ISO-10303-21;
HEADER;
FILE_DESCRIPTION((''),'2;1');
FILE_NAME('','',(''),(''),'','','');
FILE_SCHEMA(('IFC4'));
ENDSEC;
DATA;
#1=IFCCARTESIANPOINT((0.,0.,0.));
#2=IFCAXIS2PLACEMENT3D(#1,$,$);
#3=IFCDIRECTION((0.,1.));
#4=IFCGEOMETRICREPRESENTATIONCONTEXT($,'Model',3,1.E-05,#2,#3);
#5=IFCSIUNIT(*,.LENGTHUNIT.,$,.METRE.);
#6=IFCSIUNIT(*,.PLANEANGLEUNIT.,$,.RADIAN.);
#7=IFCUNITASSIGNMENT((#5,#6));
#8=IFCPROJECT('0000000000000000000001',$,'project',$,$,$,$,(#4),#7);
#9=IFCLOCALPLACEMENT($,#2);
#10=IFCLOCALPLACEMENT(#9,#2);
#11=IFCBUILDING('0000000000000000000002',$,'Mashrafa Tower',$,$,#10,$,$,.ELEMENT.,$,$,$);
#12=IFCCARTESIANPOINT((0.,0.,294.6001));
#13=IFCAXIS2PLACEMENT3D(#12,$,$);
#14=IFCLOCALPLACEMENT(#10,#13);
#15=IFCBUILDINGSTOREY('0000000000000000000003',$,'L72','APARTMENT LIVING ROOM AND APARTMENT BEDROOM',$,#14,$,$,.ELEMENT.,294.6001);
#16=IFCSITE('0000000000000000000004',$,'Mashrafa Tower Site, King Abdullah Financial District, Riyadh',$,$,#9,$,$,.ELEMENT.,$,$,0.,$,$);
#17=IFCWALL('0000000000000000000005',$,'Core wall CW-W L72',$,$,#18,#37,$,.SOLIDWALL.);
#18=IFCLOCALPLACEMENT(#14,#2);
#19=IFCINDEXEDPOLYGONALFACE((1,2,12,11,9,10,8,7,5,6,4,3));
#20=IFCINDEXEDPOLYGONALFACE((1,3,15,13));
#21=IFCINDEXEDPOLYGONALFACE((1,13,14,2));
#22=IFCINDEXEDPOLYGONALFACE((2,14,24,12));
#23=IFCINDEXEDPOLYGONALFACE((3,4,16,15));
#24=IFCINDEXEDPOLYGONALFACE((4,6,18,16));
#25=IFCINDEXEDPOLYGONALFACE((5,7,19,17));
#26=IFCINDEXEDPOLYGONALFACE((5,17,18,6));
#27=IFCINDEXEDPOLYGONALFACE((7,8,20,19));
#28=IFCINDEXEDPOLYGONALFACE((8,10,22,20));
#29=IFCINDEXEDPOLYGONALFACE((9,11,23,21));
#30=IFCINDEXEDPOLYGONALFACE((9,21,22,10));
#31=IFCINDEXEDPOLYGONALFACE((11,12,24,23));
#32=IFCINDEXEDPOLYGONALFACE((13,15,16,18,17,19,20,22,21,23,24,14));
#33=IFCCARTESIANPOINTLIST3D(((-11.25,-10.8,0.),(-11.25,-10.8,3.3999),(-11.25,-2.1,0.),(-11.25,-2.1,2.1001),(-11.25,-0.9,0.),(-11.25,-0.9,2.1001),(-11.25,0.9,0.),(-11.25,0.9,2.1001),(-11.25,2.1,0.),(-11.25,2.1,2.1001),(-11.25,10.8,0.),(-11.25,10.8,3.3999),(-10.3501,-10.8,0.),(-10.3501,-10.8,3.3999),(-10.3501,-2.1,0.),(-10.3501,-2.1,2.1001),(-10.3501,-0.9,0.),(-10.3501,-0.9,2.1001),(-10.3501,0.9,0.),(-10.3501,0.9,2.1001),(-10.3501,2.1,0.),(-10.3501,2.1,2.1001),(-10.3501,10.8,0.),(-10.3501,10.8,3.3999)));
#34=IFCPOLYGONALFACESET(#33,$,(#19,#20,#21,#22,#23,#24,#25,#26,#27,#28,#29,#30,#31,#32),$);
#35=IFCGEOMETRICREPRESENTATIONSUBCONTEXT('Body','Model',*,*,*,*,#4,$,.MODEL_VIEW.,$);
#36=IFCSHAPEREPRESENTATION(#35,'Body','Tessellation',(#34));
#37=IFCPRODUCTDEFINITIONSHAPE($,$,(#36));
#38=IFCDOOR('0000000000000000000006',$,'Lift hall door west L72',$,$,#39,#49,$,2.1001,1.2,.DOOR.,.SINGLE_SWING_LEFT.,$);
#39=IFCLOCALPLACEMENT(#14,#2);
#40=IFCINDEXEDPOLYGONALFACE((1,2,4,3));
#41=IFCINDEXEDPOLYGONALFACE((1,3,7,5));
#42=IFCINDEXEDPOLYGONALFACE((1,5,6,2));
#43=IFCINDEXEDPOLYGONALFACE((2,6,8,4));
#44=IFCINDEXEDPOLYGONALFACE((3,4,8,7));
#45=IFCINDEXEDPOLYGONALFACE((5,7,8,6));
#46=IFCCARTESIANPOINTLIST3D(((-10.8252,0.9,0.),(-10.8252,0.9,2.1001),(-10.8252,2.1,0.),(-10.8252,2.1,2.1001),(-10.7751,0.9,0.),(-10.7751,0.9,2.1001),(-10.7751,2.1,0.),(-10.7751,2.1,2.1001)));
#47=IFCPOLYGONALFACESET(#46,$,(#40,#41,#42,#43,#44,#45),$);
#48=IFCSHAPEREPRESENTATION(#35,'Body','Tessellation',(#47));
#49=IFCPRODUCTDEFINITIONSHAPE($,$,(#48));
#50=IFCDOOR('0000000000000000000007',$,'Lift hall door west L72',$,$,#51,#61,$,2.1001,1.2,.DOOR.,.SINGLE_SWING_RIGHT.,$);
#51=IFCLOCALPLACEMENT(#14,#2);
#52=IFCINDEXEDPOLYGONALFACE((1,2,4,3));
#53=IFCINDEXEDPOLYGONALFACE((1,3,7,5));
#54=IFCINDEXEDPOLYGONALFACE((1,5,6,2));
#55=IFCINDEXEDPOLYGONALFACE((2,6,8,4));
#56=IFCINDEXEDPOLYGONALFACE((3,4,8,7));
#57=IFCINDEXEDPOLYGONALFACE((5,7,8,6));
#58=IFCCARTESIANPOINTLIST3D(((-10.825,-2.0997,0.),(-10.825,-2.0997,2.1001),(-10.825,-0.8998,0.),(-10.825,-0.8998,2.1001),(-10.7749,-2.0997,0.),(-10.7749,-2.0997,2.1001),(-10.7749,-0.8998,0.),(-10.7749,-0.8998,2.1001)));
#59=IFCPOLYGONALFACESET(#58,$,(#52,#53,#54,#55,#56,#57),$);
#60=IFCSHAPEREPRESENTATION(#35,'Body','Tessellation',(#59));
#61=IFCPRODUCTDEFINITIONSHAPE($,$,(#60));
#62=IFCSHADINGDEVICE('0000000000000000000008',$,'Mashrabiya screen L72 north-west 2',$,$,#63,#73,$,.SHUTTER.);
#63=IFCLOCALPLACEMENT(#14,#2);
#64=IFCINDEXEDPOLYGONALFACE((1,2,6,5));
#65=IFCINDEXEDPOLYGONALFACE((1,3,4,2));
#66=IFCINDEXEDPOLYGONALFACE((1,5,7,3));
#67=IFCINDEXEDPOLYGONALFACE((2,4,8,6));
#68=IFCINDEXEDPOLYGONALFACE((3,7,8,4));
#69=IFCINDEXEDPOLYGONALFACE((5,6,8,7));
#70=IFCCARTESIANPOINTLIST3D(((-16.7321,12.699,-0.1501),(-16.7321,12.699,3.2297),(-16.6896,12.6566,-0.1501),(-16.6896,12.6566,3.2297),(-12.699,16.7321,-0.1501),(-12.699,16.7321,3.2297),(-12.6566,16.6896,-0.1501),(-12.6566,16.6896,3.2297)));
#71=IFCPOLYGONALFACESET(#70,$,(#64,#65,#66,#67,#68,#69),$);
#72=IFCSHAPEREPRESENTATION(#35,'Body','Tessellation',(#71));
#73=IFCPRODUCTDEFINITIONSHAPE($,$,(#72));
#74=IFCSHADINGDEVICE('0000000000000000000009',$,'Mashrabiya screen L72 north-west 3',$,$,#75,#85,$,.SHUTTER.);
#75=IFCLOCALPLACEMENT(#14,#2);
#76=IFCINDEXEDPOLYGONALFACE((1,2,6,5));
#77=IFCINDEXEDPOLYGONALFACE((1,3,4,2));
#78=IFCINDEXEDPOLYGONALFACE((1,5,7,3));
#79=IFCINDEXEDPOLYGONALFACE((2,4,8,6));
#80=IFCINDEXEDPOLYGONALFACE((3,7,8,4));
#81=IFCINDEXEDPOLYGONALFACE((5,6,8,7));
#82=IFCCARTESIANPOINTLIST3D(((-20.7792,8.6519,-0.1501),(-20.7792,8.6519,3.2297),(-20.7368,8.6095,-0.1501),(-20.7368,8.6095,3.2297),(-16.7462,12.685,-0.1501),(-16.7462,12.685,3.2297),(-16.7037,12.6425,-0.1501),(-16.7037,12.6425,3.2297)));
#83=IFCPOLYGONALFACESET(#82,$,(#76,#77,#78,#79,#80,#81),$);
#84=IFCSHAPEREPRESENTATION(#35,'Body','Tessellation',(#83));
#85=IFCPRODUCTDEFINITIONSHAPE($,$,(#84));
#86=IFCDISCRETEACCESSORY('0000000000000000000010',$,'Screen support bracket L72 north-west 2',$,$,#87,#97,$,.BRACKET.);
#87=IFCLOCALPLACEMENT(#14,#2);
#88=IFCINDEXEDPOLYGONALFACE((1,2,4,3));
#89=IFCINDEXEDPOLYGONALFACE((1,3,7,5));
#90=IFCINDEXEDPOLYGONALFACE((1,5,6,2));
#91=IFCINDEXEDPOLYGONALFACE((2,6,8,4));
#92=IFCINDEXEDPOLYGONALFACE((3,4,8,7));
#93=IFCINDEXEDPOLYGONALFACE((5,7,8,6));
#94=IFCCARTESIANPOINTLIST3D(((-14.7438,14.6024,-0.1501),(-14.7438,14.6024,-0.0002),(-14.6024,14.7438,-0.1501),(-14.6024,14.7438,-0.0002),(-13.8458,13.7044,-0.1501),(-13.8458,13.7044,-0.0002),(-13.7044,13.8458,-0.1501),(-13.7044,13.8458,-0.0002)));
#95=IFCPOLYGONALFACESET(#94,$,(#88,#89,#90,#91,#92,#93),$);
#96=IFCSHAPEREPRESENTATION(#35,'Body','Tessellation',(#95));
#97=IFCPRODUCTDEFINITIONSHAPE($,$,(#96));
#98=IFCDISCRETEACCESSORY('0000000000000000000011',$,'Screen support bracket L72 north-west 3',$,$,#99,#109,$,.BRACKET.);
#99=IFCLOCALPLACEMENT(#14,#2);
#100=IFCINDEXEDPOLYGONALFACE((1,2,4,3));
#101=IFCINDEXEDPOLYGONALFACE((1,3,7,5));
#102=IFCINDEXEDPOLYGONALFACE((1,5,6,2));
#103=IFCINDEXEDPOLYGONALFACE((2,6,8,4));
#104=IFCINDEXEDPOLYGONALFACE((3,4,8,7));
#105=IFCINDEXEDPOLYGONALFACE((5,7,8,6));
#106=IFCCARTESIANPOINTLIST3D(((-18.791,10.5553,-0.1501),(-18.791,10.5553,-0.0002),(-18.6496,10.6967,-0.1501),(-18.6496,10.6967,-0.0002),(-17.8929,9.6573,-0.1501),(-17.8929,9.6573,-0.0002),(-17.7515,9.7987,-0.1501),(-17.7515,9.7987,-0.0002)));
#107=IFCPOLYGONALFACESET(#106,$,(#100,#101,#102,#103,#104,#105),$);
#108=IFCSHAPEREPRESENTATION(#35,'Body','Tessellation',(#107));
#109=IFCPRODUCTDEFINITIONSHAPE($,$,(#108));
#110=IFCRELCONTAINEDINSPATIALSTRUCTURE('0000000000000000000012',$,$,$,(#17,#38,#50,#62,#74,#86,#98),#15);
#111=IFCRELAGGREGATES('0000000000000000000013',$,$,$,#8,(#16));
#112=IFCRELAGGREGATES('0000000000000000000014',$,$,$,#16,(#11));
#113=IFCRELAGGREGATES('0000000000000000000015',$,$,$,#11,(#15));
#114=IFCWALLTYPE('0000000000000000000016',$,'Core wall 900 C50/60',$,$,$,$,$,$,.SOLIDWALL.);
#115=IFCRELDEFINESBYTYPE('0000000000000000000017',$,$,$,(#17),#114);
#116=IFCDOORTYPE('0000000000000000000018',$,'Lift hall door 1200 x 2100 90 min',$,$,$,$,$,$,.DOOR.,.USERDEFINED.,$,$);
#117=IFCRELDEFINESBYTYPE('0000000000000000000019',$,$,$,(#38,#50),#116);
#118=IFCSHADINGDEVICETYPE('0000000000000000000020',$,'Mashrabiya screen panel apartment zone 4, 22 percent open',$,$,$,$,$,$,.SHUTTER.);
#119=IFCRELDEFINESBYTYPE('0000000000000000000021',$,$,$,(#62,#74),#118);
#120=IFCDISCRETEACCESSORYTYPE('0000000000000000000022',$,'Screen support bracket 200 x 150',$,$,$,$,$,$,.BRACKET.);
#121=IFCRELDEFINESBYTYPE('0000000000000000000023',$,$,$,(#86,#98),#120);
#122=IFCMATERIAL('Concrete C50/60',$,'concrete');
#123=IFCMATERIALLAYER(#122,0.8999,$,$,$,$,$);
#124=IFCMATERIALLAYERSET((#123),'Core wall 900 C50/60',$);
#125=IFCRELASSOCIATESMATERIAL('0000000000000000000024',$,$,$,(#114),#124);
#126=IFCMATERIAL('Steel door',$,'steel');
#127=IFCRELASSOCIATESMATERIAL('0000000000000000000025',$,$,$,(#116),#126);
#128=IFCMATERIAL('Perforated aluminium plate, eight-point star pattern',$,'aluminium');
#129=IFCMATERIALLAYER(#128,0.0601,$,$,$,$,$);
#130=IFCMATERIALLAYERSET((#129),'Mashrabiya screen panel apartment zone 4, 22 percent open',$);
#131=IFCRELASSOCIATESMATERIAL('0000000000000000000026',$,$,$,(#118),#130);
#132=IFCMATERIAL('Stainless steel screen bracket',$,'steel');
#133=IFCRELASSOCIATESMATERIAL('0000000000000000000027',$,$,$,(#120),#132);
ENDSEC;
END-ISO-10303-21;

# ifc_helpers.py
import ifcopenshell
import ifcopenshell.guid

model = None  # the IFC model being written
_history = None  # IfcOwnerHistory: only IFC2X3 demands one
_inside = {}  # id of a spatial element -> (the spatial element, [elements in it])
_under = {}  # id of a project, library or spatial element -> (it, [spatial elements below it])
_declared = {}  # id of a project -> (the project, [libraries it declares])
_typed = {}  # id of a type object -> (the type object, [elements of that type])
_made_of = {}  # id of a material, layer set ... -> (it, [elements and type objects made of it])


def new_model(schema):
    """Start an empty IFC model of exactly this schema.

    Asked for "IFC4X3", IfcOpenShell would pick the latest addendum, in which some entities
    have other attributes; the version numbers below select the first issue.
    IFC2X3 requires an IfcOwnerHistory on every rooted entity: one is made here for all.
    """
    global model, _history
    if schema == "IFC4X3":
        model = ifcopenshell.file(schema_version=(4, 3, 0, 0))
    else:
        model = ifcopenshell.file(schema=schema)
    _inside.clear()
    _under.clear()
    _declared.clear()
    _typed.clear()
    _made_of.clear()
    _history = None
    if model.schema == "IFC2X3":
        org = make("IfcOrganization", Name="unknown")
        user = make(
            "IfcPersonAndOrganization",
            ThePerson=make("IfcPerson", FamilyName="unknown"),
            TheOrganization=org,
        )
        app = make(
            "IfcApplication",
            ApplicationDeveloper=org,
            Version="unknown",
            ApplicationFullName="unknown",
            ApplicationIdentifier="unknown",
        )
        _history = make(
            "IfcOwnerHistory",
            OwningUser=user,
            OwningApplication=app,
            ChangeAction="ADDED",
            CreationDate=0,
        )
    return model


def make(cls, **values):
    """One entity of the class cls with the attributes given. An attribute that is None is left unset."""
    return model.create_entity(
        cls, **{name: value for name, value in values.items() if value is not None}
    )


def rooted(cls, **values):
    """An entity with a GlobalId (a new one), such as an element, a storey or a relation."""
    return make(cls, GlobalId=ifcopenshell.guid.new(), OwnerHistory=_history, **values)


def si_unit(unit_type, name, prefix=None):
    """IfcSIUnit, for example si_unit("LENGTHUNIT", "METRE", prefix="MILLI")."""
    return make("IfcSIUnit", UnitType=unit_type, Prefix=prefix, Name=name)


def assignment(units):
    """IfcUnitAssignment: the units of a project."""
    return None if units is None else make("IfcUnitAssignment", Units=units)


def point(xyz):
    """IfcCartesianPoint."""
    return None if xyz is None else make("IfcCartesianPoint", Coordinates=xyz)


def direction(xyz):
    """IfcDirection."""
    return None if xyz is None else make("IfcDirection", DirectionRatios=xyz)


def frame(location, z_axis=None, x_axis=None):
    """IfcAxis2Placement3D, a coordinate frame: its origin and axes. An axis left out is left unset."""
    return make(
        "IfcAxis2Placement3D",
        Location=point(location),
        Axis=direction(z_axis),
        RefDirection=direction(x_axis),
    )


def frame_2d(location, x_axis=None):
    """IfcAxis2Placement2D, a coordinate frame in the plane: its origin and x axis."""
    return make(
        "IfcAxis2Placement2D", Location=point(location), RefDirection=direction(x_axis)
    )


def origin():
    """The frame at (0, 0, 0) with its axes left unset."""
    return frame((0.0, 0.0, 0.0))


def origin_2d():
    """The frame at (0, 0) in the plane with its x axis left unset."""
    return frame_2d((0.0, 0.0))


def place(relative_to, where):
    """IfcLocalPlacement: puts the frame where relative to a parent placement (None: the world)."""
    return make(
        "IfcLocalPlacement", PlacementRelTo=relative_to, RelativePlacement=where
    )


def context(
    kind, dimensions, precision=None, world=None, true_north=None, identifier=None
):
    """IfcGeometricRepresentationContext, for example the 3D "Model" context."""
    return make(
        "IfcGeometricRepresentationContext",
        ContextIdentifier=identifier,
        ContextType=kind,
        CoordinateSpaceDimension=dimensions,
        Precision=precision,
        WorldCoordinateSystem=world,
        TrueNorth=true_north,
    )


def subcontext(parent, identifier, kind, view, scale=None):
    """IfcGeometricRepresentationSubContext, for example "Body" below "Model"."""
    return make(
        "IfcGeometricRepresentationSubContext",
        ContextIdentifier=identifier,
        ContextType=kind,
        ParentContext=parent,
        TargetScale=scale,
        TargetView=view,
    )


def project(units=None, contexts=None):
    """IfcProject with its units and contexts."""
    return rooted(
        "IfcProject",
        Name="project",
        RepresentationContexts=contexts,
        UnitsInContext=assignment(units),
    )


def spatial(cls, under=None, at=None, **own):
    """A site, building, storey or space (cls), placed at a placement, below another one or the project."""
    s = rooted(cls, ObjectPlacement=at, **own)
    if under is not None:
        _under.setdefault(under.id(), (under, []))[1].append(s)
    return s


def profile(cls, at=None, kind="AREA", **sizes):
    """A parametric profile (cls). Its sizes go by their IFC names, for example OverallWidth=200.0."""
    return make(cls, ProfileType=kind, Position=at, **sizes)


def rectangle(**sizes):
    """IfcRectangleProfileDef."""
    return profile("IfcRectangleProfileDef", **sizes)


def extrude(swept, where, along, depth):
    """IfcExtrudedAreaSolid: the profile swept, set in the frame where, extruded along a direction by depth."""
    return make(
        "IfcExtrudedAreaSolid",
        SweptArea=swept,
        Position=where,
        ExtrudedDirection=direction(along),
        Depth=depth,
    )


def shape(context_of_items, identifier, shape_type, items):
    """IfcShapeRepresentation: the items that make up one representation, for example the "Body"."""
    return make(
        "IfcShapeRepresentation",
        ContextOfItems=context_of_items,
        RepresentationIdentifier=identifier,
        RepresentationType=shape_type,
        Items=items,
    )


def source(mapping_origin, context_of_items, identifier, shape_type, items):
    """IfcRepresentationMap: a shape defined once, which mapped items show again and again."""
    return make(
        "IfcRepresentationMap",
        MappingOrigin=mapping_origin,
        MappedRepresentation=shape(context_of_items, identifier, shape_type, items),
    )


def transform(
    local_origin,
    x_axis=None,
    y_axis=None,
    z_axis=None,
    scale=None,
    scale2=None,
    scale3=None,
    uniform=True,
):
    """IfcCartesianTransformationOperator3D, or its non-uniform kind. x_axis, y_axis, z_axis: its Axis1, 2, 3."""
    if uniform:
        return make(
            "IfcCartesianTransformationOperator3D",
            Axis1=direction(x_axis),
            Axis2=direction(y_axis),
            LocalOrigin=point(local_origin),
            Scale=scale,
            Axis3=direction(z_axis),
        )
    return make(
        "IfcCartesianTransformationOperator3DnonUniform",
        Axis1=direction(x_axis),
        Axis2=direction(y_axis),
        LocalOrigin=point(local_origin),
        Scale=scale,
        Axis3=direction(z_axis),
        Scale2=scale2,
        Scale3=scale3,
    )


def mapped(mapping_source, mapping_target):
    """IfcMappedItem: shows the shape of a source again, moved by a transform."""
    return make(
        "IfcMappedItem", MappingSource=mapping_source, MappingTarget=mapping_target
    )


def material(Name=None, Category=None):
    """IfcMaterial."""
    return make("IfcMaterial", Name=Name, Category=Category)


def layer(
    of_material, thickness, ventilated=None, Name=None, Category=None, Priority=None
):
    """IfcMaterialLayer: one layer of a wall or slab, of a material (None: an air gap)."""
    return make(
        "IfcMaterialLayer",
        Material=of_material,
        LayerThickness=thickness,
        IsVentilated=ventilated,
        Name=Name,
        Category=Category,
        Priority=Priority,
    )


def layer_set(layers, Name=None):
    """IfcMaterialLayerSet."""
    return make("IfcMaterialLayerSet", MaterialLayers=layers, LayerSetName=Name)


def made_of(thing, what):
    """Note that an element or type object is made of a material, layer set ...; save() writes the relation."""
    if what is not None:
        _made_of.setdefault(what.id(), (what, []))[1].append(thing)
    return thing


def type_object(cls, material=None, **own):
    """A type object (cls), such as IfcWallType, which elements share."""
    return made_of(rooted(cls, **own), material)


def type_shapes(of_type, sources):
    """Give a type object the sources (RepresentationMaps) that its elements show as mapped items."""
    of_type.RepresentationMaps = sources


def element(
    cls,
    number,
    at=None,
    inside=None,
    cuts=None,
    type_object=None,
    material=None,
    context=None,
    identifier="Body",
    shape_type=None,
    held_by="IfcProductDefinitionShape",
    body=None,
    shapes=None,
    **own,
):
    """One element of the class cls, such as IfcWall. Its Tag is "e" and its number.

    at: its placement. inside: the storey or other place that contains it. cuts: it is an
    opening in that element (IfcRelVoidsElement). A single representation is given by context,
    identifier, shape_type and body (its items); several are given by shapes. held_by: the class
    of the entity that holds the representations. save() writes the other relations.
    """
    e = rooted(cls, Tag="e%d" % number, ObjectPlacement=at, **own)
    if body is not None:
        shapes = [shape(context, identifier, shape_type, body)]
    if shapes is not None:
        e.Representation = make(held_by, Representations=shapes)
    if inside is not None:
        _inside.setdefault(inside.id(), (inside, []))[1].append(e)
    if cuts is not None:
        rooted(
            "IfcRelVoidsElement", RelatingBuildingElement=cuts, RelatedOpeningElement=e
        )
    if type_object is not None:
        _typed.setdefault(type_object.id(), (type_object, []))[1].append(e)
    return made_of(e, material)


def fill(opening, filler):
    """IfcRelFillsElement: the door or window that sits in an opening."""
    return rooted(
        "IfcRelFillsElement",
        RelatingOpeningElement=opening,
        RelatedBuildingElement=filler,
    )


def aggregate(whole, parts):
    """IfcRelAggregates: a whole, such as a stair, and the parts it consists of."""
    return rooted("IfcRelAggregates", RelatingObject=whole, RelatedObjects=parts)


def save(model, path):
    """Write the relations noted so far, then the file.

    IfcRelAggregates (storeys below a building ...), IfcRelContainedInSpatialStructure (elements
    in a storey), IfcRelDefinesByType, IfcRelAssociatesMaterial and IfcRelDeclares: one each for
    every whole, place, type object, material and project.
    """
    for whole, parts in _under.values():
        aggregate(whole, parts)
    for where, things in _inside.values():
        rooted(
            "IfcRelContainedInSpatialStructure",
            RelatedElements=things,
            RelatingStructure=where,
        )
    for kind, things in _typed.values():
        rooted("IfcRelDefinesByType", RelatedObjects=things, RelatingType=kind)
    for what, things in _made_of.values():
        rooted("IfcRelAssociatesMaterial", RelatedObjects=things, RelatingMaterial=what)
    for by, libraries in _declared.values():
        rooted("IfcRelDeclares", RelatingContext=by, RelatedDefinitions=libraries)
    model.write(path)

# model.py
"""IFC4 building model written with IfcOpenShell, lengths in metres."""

from ifc_helpers import new_model, si_unit, direction, frame, frame_2d, origin, origin_2d, place, context, subcontext, project, spatial, rectangle, extrude, source, transform, mapped, material, layer, layer_set, type_object, type_shapes, element, fill, save


model = new_model("IFC4")

# Units and contexts
model_context = context("Model", 3, precision=1e-05, world=origin(), true_north=direction((0.0, 1.0)))
body_context = subcontext(model_context, "Body", "Model", "MODEL_VIEW")
ifc_project = project(units=[si_unit("LENGTHUNIT", "METRE"), si_unit("PLANEANGLEUNIT", "RADIAN")], contexts=[model_context])

# Site, building, storey
site_placement = place(None, origin())
site = spatial("IfcSite", under=ifc_project, at=site_placement, Name="Mashrafa Tower Site, King Abdullah Financial District, Riyadh", CompositionType="ELEMENT", RefElevation=0.0)
building_placement = place(site_placement, origin())
building = spatial("IfcBuilding", under=site, at=building_placement, Name="Mashrafa Tower", CompositionType="ELEMENT")
storey_placement = place(building_placement, frame((0.0, 0.0, 294.6001)))
storey = spatial("IfcBuildingStorey", under=building, at=storey_placement, Name="L72", Description="APARTMENT LIVING ROOM AND APARTMENT BEDROOM", CompositionType="ELEMENT", Elevation=294.6001)

# Wall, openings, doors
ifc_material_1 = material(Name="Concrete C50/60", Category="concrete")
ifc_layer_1 = layer(ifc_material_1, 0.8999)
ifc_layer_set_1 = layer_set([ifc_layer_1], Name="Core wall 900 C50/60")
wall_type_1 = type_object("IfcWallType", Name="Core wall 900 C50/60", PredefinedType="SOLIDWALL", material=ifc_layer_set_1)
wall_1_placement = place(storey_placement, frame((-10.8, 10.8, 0.0), z_axis=(0.0, 0.0, 1.0), x_axis=(0.0, -1.0, 0.0)))
wall_1 = element("IfcWall", 1, at=wall_1_placement, inside=storey, type_object=wall_type_1, Name="Core wall CW-W L72", PredefinedType="SOLIDWALL", context=body_context, shape_type="SweptSolid", body=[
    extrude(rectangle(XDim=21.6001, YDim=0.8999, at=frame_2d((10.8, 0.0))), origin(), (0.0, 0.0, 1.0), 3.3999),
])
opening_1_placement = place(wall_1_placement, frame((8.7, 0.0, 0.0)))
opening_1 = element("IfcOpeningElement", 2, at=opening_1_placement, cuts=wall_1, PredefinedType="OPENING", context=body_context, shape_type="SweptSolid", body=[
    extrude(rectangle(XDim=1.2, YDim=2.1001, at=frame_2d((0.6001, 1.05))), frame((0.0, 0.46, 0.0), z_axis=(0.0, -1.0, 0.0), x_axis=(1.0, 0.0, 0.0)), (0.0, 0.0, 1.0), 0.9199),
])
opening_2_placement = place(wall_1_placement, frame((11.7, 0.0, 0.0)))
opening_2 = element("IfcOpeningElement", 3, at=opening_2_placement, cuts=wall_1, PredefinedType="OPENING", context=body_context, shape_type="SweptSolid", body=[
    extrude(rectangle(XDim=1.2, YDim=2.1001, at=frame_2d((0.6001, 1.05))), frame((0.0, 0.46, 0.0), z_axis=(0.0, -1.0, 0.0), x_axis=(1.0, 0.0, 0.0)), (0.0, 0.0, 1.0), 0.9199),
])
ifc_material_2 = material(Name="Steel door", Category="steel")
door_type = type_object("IfcDoorType", Name="Lift hall door 1200 x 2100 90 min", OperationType="USERDEFINED", PredefinedType="DOOR", material=ifc_material_2)
door_1_placement = place(opening_1_placement, origin())
door_1 = element("IfcDoor", 4, at=door_1_placement, inside=storey, type_object=door_type, Name="Lift hall door west L72", OperationType="SINGLE_SWING_LEFT", OverallHeight=2.1001, OverallWidth=1.2, PredefinedType="DOOR", context=body_context, shape_type="SweptSolid", body=[
    extrude(rectangle(XDim=1.2, YDim=2.1001, at=frame_2d((0.6001, 1.05))), frame((0.0, 0.0249, 0.0), z_axis=(0.0, -1.0, 0.0), x_axis=(1.0, 0.0, 0.0)), (0.0, 0.0, 1.0), 0.05),
])
fill(opening_1, door_1)
door_2_placement = place(opening_2_placement, frame((1.2, 0.0, 0.0), z_axis=(0.0, 0.0, 1.0), x_axis=(-1.0, 0.0, 0.0)))
door_2 = element("IfcDoor", 5, at=door_2_placement, inside=storey, type_object=door_type, Name="Lift hall door west L72", OperationType="SINGLE_SWING_RIGHT", OverallHeight=2.1001, OverallWidth=1.2, PredefinedType="DOOR", context=body_context, shape_type="SweptSolid", body=[
    extrude(rectangle(XDim=1.2, YDim=2.1001, at=frame_2d((0.6001, 1.05))), frame((0.0, 0.0249, 0.0), z_axis=(0.0, -1.0, 0.0), x_axis=(1.0, 0.0, 0.0)), (0.0, 0.0, 1.0), 0.05),
])
fill(opening_2, door_2)

# Shading devices
ifc_material_3 = material(Name="Perforated aluminium plate, eight-point star pattern", Category="aluminium")
ifc_layer_2 = layer(ifc_material_3, 0.0601)
ifc_layer_set_2 = layer_set([ifc_layer_2], Name="Mashrabiya screen panel apartment zone 4, 22 percent open")
shading_device_type = type_object("IfcShadingDeviceType", Name="Mashrabiya screen panel apartment zone 4, 22 percent open", PredefinedType="SHUTTER", material=ifc_layer_set_2)
shared_shape_1 = source(origin(), body_context, "Body", "SweptSolid", [
    extrude(rectangle(XDim=5.7036, YDim=0.0601, at=origin_2d()), origin(), (0.0, 0.0, 1.0), 3.3799),
])
type_shapes(shading_device_type, [shared_shape_1])
for number, where, z_axis, x_axis, name in (
    (6, (-14.6943, 14.6943, -0.1501), (0.0, 0.0, 1.0), (-0.707107, -0.707107, 0.0), "Mashrabiya screen L72 north-west 2"),
    (7, (-18.7415, 10.6472, -0.1501), (0.0, 0.0, 1.0), (-0.707107, -0.707107, 0.0), "Mashrabiya screen L72 north-west 3"),
):
    element("IfcShadingDevice", number, at=place(storey_placement, frame(where, z_axis=z_axis, x_axis=x_axis)), inside=storey, type_object=shading_device_type, Name=name, PredefinedType="SHUTTER", context=body_context, shape_type="MappedRepresentation", body=[
        mapped(shared_shape_1, transform((0.0, 0.0, 0.0))),
    ])

# Discrete accessories
ifc_material_4 = material(Name="Stainless steel screen bracket", Category="steel")
discrete_accessory_type = type_object("IfcDiscreteAccessoryType", Name="Screen support bracket 200 x 150", PredefinedType="BRACKET", material=ifc_material_4)
shared_shape_2 = source(origin(), body_context, "Body", "SweptSolid", [
    extrude(rectangle(XDim=0.2, YDim=1.27, at=origin_2d()), origin(), (0.0, 0.0, 1.0), 0.1499),
])
type_shapes(discrete_accessory_type, [shared_shape_2])
for number, where, z_axis, x_axis, name in (
    (8, (-14.2241, 14.2241, -0.1501), (0.0, 0.0, 1.0), (-0.707107, -0.707107, 0.0), "Screen support bracket L72 north-west 2"),
    (9, (-18.2712, 10.177, -0.1501), (0.0, 0.0, 1.0), (-0.707107, -0.707107, 0.0), "Screen support bracket L72 north-west 3"),
):
    element("IfcDiscreteAccessory", number, at=place(storey_placement, frame(where, z_axis=z_axis, x_axis=x_axis)), inside=storey, type_object=discrete_accessory_type, Name=name, PredefinedType="BRACKET", context=body_context, shape_type="MappedRepresentation", body=[
        mapped(shared_shape_2, transform((0.0, 0.0, 0.0))),
    ])

save(model, "model.ifc")
